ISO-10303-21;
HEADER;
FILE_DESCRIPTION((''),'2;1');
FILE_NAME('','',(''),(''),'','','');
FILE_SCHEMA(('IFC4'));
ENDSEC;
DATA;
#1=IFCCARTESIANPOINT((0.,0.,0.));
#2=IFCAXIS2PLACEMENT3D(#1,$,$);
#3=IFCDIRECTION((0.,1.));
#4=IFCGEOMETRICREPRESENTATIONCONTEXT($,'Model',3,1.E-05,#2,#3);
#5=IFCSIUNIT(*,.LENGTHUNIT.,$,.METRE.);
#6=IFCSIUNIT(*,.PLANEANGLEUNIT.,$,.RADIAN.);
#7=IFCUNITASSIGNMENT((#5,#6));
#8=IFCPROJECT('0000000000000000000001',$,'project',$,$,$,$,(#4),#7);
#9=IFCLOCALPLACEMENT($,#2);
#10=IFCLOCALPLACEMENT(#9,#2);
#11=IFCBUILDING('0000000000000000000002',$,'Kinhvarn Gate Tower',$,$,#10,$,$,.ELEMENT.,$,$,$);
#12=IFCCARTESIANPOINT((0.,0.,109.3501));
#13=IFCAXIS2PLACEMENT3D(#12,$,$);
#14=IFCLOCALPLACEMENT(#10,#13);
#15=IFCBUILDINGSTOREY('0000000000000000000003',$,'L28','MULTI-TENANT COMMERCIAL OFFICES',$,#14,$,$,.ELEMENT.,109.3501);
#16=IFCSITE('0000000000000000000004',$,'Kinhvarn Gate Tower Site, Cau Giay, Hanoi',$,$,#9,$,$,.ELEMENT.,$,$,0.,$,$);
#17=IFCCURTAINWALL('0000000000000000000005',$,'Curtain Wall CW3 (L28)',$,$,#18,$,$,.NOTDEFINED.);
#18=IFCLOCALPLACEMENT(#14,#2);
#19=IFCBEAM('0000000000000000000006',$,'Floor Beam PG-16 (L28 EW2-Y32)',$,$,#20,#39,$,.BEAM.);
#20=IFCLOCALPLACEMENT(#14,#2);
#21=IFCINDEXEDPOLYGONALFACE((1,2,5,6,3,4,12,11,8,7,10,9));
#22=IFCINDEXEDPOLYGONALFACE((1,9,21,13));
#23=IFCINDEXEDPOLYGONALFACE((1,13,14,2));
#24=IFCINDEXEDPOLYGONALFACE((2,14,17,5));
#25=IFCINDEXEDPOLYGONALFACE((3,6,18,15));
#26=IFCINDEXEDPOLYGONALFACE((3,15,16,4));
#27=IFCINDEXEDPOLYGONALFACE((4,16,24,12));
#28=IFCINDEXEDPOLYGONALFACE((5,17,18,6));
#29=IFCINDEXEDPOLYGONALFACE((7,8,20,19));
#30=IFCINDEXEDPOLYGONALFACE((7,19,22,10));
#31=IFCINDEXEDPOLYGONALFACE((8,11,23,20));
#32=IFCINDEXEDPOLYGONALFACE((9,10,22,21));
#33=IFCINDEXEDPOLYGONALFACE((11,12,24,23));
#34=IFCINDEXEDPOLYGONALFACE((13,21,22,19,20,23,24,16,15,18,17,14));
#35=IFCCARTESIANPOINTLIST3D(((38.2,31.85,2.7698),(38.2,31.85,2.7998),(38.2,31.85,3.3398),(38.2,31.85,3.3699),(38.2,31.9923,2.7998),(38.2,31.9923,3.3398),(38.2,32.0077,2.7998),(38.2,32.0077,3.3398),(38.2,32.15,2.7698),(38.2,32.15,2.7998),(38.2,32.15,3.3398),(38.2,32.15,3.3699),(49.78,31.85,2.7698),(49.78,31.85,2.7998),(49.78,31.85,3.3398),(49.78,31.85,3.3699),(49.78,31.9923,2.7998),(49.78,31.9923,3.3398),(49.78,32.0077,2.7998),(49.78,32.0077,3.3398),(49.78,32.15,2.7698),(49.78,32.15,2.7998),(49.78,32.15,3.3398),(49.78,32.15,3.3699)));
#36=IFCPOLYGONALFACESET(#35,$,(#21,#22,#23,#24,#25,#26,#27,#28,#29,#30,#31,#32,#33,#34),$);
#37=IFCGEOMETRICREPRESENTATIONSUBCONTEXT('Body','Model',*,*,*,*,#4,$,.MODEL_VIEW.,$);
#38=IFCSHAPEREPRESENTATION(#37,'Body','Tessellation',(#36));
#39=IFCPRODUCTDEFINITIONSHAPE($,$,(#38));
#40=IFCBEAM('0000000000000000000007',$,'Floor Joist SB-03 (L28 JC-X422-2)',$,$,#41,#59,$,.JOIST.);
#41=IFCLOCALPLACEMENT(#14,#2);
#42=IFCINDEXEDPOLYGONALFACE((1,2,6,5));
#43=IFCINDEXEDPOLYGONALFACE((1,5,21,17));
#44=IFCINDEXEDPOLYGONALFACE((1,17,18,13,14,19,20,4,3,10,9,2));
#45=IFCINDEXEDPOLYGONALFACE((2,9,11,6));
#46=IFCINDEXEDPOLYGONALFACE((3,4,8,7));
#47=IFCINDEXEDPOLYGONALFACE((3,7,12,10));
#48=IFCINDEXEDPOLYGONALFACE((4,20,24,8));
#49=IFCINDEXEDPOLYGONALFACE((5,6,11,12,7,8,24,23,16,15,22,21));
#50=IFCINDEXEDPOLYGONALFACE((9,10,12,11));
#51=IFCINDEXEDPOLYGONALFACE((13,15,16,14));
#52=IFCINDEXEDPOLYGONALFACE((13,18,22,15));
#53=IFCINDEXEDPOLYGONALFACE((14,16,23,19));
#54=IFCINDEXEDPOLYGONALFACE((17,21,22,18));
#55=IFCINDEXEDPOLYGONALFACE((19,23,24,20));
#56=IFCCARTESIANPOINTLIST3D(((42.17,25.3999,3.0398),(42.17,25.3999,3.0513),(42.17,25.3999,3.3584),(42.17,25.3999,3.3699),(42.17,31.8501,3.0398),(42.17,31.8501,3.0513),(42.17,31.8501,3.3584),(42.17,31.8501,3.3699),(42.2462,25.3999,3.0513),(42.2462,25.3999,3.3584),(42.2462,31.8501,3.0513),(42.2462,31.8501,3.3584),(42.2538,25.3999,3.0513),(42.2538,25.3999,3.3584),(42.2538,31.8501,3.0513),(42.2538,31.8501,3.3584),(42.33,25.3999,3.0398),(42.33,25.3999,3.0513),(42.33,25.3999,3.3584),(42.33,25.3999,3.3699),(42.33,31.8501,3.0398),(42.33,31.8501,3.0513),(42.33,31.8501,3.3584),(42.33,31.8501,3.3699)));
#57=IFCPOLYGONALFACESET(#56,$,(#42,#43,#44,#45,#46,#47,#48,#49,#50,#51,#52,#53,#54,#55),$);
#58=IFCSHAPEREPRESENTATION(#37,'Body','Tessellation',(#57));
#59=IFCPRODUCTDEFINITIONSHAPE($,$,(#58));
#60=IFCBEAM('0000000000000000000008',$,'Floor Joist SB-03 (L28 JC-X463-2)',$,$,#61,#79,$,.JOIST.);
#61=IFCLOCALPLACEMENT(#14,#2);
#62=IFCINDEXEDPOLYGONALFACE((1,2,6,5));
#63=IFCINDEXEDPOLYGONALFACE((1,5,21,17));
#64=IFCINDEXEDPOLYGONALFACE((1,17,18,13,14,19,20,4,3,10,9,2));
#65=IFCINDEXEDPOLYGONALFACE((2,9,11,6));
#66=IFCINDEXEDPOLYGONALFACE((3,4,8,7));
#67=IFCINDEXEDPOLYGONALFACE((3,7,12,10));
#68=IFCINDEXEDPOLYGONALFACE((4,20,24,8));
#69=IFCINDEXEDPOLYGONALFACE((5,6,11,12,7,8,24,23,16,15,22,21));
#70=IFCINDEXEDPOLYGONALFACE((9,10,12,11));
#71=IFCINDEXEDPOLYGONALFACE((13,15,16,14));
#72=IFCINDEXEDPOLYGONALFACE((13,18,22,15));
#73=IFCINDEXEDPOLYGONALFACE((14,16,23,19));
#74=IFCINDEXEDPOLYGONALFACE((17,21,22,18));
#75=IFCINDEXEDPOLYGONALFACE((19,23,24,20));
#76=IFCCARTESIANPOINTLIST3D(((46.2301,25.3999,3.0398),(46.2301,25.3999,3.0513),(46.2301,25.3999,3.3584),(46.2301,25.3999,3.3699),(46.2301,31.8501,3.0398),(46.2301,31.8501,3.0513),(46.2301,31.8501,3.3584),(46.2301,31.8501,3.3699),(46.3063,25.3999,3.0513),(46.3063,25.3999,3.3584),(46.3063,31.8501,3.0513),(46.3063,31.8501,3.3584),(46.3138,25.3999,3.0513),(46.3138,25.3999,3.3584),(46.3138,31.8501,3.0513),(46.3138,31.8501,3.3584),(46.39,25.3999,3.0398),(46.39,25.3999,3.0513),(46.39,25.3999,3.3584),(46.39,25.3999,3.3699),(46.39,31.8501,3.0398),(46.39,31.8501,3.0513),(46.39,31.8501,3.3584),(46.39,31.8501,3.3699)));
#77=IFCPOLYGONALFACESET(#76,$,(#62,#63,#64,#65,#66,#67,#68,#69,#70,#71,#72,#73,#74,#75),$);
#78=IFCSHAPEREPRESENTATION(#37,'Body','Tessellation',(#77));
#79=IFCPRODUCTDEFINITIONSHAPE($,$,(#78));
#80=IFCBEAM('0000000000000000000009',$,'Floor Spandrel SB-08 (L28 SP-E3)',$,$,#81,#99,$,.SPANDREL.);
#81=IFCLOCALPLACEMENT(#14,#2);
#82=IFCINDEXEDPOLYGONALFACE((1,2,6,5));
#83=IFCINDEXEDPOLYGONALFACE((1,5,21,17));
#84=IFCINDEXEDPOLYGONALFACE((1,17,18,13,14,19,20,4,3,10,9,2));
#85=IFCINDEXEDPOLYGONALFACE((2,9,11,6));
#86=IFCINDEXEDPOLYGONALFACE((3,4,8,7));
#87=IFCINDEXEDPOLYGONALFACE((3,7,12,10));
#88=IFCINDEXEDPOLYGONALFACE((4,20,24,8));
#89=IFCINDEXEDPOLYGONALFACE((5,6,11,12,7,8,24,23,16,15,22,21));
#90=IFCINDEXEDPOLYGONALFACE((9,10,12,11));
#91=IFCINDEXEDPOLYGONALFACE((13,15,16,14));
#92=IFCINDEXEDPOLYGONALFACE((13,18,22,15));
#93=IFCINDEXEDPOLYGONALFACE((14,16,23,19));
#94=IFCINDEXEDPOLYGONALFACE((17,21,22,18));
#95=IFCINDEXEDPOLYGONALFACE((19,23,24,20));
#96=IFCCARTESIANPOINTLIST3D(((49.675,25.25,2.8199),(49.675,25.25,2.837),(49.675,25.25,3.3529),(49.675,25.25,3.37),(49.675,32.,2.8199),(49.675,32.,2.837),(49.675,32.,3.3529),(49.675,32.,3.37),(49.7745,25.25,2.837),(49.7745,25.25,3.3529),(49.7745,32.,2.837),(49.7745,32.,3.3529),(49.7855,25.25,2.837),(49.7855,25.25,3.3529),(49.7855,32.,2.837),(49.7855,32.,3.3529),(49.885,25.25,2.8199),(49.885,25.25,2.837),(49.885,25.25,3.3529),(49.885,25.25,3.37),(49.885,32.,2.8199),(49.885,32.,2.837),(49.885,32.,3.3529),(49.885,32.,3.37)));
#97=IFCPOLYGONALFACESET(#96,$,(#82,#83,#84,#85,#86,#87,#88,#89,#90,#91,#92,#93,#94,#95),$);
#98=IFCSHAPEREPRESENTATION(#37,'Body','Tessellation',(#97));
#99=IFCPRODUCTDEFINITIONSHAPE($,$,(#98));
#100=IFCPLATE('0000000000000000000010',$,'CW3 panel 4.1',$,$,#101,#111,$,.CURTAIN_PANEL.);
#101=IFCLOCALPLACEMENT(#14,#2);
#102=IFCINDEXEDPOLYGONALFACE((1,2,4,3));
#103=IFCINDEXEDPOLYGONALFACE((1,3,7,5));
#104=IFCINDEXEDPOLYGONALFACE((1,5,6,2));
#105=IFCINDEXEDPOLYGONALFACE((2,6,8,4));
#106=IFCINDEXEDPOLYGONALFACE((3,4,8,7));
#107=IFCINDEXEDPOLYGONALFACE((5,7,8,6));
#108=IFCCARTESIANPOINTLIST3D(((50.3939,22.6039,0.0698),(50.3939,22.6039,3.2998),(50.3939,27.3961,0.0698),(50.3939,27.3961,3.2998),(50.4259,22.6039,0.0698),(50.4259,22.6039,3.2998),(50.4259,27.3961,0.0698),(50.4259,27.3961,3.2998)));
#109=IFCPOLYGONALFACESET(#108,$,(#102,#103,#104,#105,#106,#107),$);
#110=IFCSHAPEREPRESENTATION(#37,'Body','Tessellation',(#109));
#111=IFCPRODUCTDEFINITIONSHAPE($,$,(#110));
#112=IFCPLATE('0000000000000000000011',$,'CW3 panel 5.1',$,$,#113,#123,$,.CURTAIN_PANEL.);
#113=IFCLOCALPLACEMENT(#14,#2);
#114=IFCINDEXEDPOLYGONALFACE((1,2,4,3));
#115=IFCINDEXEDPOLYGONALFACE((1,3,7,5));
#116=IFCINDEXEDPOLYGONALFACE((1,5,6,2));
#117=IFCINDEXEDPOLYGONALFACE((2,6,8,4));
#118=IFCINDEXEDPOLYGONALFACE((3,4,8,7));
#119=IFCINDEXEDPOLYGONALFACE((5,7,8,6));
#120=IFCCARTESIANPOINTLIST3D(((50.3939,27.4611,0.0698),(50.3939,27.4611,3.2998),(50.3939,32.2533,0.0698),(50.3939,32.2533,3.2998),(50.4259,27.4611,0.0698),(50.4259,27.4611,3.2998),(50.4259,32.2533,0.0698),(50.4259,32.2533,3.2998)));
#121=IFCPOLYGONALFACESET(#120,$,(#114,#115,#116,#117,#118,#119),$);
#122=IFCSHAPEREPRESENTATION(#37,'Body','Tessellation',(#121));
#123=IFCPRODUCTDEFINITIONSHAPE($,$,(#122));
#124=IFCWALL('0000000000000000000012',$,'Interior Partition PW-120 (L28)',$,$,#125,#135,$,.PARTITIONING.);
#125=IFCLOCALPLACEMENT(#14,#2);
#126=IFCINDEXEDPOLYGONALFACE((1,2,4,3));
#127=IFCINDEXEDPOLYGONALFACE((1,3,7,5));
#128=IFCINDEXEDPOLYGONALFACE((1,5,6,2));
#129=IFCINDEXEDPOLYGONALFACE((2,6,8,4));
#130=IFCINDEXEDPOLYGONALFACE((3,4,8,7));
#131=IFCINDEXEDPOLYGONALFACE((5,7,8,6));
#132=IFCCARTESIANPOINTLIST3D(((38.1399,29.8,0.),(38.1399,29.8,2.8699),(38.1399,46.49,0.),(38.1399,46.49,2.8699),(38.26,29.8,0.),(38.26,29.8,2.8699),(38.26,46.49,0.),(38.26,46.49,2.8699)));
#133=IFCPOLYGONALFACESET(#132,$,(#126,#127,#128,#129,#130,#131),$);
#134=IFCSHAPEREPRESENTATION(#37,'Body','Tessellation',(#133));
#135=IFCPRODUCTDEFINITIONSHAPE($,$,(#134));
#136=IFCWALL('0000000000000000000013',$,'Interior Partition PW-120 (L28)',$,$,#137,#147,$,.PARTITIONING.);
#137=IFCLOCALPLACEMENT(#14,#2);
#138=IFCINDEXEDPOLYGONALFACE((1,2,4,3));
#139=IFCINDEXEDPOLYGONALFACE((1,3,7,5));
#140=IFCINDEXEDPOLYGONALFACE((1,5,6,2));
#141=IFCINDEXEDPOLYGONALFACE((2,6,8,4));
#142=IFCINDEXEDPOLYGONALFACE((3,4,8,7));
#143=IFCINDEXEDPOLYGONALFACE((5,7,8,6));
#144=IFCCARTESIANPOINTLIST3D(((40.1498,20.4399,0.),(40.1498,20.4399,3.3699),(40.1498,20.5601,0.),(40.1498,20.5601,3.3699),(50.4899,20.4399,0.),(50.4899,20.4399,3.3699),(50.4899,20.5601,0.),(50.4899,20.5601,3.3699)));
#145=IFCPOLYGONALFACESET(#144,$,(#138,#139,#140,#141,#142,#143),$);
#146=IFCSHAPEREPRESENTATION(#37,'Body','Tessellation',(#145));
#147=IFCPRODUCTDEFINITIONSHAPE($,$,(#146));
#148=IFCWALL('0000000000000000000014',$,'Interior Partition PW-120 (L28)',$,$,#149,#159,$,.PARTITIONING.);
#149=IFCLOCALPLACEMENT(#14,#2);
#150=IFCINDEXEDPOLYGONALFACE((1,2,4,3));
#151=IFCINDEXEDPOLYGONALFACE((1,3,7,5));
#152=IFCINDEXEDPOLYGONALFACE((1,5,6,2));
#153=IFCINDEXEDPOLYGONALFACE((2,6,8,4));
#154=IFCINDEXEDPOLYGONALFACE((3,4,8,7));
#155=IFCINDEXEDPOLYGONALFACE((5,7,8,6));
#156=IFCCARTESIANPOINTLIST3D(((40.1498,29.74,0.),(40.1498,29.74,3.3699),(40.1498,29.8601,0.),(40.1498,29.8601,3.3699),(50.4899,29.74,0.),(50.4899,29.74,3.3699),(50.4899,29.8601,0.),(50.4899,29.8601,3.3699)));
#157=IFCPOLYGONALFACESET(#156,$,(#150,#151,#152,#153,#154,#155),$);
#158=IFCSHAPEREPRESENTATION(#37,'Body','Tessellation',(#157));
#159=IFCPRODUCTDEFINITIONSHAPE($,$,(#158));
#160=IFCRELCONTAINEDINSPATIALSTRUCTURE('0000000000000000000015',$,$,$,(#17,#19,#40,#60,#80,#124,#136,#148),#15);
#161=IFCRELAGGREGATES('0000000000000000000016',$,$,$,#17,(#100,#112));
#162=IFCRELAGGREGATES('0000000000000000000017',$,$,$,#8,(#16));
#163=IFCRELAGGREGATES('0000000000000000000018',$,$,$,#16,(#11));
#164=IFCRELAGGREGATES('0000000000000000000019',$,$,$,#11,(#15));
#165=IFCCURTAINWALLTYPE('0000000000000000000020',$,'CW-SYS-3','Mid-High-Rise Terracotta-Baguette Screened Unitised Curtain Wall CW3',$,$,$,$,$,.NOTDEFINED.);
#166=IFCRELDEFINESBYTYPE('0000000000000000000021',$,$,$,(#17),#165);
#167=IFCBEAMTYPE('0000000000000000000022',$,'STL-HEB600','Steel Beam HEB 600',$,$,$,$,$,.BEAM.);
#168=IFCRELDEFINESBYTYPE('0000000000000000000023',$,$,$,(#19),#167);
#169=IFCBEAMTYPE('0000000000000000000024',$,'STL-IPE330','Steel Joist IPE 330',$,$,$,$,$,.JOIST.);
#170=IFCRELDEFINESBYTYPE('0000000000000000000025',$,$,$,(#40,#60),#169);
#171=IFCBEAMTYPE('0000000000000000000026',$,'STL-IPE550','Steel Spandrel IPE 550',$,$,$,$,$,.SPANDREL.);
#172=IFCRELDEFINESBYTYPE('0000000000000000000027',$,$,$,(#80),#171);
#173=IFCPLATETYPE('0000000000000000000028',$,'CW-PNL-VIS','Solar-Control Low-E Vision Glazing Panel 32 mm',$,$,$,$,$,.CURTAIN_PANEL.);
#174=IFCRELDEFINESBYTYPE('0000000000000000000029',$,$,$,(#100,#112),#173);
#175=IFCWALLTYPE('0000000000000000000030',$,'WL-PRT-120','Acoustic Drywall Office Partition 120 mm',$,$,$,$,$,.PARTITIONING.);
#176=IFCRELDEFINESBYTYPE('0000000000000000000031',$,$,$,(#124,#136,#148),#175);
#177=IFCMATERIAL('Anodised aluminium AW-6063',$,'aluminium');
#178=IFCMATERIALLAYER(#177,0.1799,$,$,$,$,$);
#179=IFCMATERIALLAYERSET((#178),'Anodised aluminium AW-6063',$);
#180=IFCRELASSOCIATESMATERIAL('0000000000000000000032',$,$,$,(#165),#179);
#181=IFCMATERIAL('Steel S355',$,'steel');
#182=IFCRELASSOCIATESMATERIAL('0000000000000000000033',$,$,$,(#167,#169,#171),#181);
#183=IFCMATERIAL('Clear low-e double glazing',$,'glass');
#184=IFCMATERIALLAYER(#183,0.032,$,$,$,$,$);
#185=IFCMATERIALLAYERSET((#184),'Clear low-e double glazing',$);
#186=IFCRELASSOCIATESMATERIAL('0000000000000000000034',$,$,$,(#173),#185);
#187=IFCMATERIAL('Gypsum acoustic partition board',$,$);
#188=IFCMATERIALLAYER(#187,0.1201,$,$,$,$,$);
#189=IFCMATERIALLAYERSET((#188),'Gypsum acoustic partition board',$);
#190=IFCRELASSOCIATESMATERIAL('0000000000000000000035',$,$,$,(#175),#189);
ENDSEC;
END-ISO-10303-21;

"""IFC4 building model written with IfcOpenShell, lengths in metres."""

from ifc_helpers import new_model, si_unit, direction, frame, frame_2d, origin, origin_2d, place, context, subcontext, project, spatial, rectangle, i_section, extrude, material, layer, layer_set, material_profile, profile_set, type_object, element, aggregate, save


model = new_model("IFC4")

# Units and contexts
model_context = context("Model", 3, precision=1e-05, world=origin(), true_north=direction((0.0, 1.0)))
body_context = subcontext(model_context, "Body", "Model", "MODEL_VIEW")
ifc_project = project(units=[si_unit("LENGTHUNIT", "METRE"), si_unit("PLANEANGLEUNIT", "RADIAN")], contexts=[model_context])

# Site, building, storey
site_placement = place(None, origin())
site = spatial("IfcSite", under=ifc_project, at=site_placement, Name="Kinhvarn Gate Tower Site, Cau Giay, Hanoi", CompositionType="ELEMENT", RefElevation=0.0)
building_placement = place(site_placement, origin())
building = spatial("IfcBuilding", under=site, at=building_placement, Name="Kinhvarn Gate Tower", CompositionType="ELEMENT")
storey_placement = place(building_placement, frame((0.0, 0.0, 109.3501)))
storey = spatial("IfcBuildingStorey", under=building, at=storey_placement, Name="L28", Description="MULTI-TENANT COMMERCIAL OFFICES", CompositionType="ELEMENT", Elevation=109.3501)

# Curtain wall
ifc_material_1 = material(Name="Anodised aluminium AW-6063", Category="aluminium")
ifc_layer_1 = layer(ifc_material_1, 0.1799)
ifc_layer_set_1 = layer_set([ifc_layer_1], Name="Anodised aluminium AW-6063")
curtain_wall_type = type_object("IfcCurtainWallType", Name="CW-SYS-3", Description="Mid-High-Rise Terracotta-Baguette Screened Unitised Curtain Wall CW3", PredefinedType="NOTDEFINED", material=ifc_layer_set_1)
curtain_wall_placement = place(storey_placement, origin())
curtain_wall = element("IfcCurtainWall", 1, at=curtain_wall_placement, inside=storey, type_object=curtain_wall_type, Name="Curtain Wall CW3 (L28)", PredefinedType="NOTDEFINED")

# Beams
ifc_material_2 = material(Name="Steel S355", Category="steel")
ifc_material_profile_1 = material_profile(ifc_material_2, i_section(OverallWidth=0.3, OverallDepth=0.6001, WebThickness=0.0154, FlangeThickness=0.03, at=origin_2d()), Name="HEB 600")
ifc_profile_set_1 = profile_set([ifc_material_profile_1], Name="Steel S355")
beam_type_1 = type_object("IfcBeamType", Name="STL-HEB600", Description="Steel Beam HEB 600", PredefinedType="BEAM", material=ifc_profile_set_1)
for number, where, z_axis, x_axis, name in (
    (2, (38.2, 32.0, 3.0698), (1.0, 0.0, 0.0), (0.0, 1.0, 0.0), "Floor Beam PG-16 (L28 EW2-Y32)"),
):
    element("IfcBeam", number, at=place(storey_placement, frame(where, z_axis=z_axis, x_axis=x_axis)), inside=storey, type_object=beam_type_1, Name=name, PredefinedType="BEAM", context=body_context, shape_type="SweptSolid", body=[
        extrude(i_section(OverallWidth=0.3, OverallDepth=0.6001, WebThickness=0.0154, FlangeThickness=0.03, at=origin_2d()), origin(), (0.0, 0.0, 1.0), 11.5801),
    ])
ifc_material_profile_2 = material_profile(ifc_material_2, i_section(OverallWidth=0.1599, OverallDepth=0.3301, WebThickness=0.0076, FlangeThickness=0.0115, at=origin_2d()), Name="IPE 330")
ifc_profile_set_2 = profile_set([ifc_material_profile_2], Name="Steel S355")
beam_type_2 = type_object("IfcBeamType", Name="STL-IPE330", Description="Steel Joist IPE 330", PredefinedType="JOIST", material=ifc_profile_set_2)
for number, where, z_axis, x_axis, name in (
    (3, (42.25, 25.3999, 3.2048), (0.0, 1.0, 0.0), (-1.0, 0.0, 0.0), "Floor Joist SB-03 (L28 JC-X422-2)"),
    (4, (46.3101, 25.3999, 3.2048), (0.0, 1.0, 0.0), (-1.0, 0.0, 0.0), "Floor Joist SB-03 (L28 JC-X463-2)"),
):
    element("IfcBeam", number, at=place(storey_placement, frame(where, z_axis=z_axis, x_axis=x_axis)), inside=storey, type_object=beam_type_2, Name=name, PredefinedType="JOIST", context=body_context, shape_type="SweptSolid", body=[
        extrude(i_section(OverallWidth=0.1599, OverallDepth=0.3301, WebThickness=0.0076, FlangeThickness=0.0115, at=origin_2d()), origin(), (0.0, 0.0, 1.0), 6.4502),
    ])
ifc_material_profile_3 = material_profile(ifc_material_2, i_section(OverallWidth=0.21, OverallDepth=0.55, WebThickness=0.011, FlangeThickness=0.0171, at=origin_2d()), Name="IPE 550")
ifc_profile_set_3 = profile_set([ifc_material_profile_3], Name="Steel S355")
beam_type_3 = type_object("IfcBeamType", Name="STL-IPE550", Description="Steel Spandrel IPE 550", PredefinedType="SPANDREL", material=ifc_profile_set_3)
beam_1_placement = place(storey_placement, frame((49.78, 25.25, 3.095), z_axis=(0.0, 1.0, 0.0), x_axis=(-1.0, 0.0, 0.0)))
element("IfcBeam", 5, at=beam_1_placement, inside=storey, type_object=beam_type_3, Name="Floor Spandrel SB-08 (L28 SP-E3)", PredefinedType="SPANDREL", context=body_context, shape_type="SweptSolid", body=[
    extrude(i_section(OverallWidth=0.21, OverallDepth=0.55, WebThickness=0.011, FlangeThickness=0.0171, at=origin_2d()), origin(), (0.0, 0.0, 1.0), 6.75),
])

# Plates
ifc_material_3 = material(Name="Clear low-e double glazing", Category="glass")
ifc_layer_2 = layer(ifc_material_3, 0.032)
ifc_layer_set_2 = layer_set([ifc_layer_2], Name="Clear low-e double glazing")
plate_type = type_object("IfcPlateType", Name="CW-PNL-VIS", Description="Solar-Control Low-E Vision Glazing Panel 32 mm", PredefinedType="CURTAIN_PANEL", material=ifc_layer_set_2)
plate_1_placement = place(storey_placement, frame((50.4099, 25.0, 0.0698), z_axis=(0.0, 0.0, 1.0), x_axis=(0.0, 1.0, 0.0)))
plate_1 = element("IfcPlate", 6, at=plate_1_placement, type_object=plate_type, Name="CW3 panel 4.1", PredefinedType="CURTAIN_PANEL", context=body_context, shape_type="SweptSolid", body=[
    extrude(rectangle(XDim=4.7922, YDim=0.032, at=origin_2d()), origin(), (0.0, 0.0, 1.0), 3.23),
])
plate_2_placement = place(storey_placement, frame((50.4099, 29.8572, 0.0698), z_axis=(0.0, 0.0, 1.0), x_axis=(0.0, 1.0, 0.0)))
plate_2 = element("IfcPlate", 7, at=plate_2_placement, type_object=plate_type, Name="CW3 panel 5.1", PredefinedType="CURTAIN_PANEL", context=body_context, shape_type="SweptSolid", body=[
    extrude(rectangle(XDim=4.7922, YDim=0.032, at=origin_2d()), origin(), (0.0, 0.0, 1.0), 3.23),
])
aggregate(curtain_wall, [plate_1, plate_2])

# Walls
ifc_material_4 = material(Name="Gypsum acoustic partition board")
ifc_layer_3 = layer(ifc_material_4, 0.1201)
ifc_layer_set_3 = layer_set([ifc_layer_3], Name="Gypsum acoustic partition board")
wall_type_1 = type_object("IfcWallType", Name="WL-PRT-120", Description="Acoustic Drywall Office Partition 120 mm", PredefinedType="PARTITIONING", material=ifc_layer_set_3)
wall_1_placement = place(storey_placement, frame((38.2, 29.8, 0.0), z_axis=(0.0, 0.0, 1.0), x_axis=(0.0, 1.0, 0.0)))
element("IfcWall", 8, at=wall_1_placement, inside=storey, type_object=wall_type_1, Name="Interior Partition PW-120 (L28)", PredefinedType="PARTITIONING", context=body_context, shape_type="SweptSolid", body=[
    extrude(rectangle(XDim=16.6899, YDim=0.1201, at=frame_2d((8.345, 0.0))), origin(), (0.0, 0.0, 1.0), 2.8699),
])
for number, where, z_axis, x_axis, name in (
    (9, (40.1499, 20.5, 0.0), (0.0, 0.0, 1.0), (1.0, 0.0, 0.0), "Interior Partition PW-120 (L28)"),
    (10, (40.1499, 29.8, 0.0), (0.0, 0.0, 1.0), (1.0, 0.0, 0.0), "Interior Partition PW-120 (L28)"),
):
    element("IfcWall", number, at=place(storey_placement, frame(where, z_axis=z_axis, x_axis=x_axis)), inside=storey, type_object=wall_type_1, Name=name, PredefinedType="PARTITIONING", context=body_context, shape_type="SweptSolid", body=[
        extrude(rectangle(XDim=10.3401, YDim=0.1201, at=frame_2d((5.1699, 0.0))), origin(), (0.0, 0.0, 1.0), 3.3699),
    ])

save(model, "model.ifc")
